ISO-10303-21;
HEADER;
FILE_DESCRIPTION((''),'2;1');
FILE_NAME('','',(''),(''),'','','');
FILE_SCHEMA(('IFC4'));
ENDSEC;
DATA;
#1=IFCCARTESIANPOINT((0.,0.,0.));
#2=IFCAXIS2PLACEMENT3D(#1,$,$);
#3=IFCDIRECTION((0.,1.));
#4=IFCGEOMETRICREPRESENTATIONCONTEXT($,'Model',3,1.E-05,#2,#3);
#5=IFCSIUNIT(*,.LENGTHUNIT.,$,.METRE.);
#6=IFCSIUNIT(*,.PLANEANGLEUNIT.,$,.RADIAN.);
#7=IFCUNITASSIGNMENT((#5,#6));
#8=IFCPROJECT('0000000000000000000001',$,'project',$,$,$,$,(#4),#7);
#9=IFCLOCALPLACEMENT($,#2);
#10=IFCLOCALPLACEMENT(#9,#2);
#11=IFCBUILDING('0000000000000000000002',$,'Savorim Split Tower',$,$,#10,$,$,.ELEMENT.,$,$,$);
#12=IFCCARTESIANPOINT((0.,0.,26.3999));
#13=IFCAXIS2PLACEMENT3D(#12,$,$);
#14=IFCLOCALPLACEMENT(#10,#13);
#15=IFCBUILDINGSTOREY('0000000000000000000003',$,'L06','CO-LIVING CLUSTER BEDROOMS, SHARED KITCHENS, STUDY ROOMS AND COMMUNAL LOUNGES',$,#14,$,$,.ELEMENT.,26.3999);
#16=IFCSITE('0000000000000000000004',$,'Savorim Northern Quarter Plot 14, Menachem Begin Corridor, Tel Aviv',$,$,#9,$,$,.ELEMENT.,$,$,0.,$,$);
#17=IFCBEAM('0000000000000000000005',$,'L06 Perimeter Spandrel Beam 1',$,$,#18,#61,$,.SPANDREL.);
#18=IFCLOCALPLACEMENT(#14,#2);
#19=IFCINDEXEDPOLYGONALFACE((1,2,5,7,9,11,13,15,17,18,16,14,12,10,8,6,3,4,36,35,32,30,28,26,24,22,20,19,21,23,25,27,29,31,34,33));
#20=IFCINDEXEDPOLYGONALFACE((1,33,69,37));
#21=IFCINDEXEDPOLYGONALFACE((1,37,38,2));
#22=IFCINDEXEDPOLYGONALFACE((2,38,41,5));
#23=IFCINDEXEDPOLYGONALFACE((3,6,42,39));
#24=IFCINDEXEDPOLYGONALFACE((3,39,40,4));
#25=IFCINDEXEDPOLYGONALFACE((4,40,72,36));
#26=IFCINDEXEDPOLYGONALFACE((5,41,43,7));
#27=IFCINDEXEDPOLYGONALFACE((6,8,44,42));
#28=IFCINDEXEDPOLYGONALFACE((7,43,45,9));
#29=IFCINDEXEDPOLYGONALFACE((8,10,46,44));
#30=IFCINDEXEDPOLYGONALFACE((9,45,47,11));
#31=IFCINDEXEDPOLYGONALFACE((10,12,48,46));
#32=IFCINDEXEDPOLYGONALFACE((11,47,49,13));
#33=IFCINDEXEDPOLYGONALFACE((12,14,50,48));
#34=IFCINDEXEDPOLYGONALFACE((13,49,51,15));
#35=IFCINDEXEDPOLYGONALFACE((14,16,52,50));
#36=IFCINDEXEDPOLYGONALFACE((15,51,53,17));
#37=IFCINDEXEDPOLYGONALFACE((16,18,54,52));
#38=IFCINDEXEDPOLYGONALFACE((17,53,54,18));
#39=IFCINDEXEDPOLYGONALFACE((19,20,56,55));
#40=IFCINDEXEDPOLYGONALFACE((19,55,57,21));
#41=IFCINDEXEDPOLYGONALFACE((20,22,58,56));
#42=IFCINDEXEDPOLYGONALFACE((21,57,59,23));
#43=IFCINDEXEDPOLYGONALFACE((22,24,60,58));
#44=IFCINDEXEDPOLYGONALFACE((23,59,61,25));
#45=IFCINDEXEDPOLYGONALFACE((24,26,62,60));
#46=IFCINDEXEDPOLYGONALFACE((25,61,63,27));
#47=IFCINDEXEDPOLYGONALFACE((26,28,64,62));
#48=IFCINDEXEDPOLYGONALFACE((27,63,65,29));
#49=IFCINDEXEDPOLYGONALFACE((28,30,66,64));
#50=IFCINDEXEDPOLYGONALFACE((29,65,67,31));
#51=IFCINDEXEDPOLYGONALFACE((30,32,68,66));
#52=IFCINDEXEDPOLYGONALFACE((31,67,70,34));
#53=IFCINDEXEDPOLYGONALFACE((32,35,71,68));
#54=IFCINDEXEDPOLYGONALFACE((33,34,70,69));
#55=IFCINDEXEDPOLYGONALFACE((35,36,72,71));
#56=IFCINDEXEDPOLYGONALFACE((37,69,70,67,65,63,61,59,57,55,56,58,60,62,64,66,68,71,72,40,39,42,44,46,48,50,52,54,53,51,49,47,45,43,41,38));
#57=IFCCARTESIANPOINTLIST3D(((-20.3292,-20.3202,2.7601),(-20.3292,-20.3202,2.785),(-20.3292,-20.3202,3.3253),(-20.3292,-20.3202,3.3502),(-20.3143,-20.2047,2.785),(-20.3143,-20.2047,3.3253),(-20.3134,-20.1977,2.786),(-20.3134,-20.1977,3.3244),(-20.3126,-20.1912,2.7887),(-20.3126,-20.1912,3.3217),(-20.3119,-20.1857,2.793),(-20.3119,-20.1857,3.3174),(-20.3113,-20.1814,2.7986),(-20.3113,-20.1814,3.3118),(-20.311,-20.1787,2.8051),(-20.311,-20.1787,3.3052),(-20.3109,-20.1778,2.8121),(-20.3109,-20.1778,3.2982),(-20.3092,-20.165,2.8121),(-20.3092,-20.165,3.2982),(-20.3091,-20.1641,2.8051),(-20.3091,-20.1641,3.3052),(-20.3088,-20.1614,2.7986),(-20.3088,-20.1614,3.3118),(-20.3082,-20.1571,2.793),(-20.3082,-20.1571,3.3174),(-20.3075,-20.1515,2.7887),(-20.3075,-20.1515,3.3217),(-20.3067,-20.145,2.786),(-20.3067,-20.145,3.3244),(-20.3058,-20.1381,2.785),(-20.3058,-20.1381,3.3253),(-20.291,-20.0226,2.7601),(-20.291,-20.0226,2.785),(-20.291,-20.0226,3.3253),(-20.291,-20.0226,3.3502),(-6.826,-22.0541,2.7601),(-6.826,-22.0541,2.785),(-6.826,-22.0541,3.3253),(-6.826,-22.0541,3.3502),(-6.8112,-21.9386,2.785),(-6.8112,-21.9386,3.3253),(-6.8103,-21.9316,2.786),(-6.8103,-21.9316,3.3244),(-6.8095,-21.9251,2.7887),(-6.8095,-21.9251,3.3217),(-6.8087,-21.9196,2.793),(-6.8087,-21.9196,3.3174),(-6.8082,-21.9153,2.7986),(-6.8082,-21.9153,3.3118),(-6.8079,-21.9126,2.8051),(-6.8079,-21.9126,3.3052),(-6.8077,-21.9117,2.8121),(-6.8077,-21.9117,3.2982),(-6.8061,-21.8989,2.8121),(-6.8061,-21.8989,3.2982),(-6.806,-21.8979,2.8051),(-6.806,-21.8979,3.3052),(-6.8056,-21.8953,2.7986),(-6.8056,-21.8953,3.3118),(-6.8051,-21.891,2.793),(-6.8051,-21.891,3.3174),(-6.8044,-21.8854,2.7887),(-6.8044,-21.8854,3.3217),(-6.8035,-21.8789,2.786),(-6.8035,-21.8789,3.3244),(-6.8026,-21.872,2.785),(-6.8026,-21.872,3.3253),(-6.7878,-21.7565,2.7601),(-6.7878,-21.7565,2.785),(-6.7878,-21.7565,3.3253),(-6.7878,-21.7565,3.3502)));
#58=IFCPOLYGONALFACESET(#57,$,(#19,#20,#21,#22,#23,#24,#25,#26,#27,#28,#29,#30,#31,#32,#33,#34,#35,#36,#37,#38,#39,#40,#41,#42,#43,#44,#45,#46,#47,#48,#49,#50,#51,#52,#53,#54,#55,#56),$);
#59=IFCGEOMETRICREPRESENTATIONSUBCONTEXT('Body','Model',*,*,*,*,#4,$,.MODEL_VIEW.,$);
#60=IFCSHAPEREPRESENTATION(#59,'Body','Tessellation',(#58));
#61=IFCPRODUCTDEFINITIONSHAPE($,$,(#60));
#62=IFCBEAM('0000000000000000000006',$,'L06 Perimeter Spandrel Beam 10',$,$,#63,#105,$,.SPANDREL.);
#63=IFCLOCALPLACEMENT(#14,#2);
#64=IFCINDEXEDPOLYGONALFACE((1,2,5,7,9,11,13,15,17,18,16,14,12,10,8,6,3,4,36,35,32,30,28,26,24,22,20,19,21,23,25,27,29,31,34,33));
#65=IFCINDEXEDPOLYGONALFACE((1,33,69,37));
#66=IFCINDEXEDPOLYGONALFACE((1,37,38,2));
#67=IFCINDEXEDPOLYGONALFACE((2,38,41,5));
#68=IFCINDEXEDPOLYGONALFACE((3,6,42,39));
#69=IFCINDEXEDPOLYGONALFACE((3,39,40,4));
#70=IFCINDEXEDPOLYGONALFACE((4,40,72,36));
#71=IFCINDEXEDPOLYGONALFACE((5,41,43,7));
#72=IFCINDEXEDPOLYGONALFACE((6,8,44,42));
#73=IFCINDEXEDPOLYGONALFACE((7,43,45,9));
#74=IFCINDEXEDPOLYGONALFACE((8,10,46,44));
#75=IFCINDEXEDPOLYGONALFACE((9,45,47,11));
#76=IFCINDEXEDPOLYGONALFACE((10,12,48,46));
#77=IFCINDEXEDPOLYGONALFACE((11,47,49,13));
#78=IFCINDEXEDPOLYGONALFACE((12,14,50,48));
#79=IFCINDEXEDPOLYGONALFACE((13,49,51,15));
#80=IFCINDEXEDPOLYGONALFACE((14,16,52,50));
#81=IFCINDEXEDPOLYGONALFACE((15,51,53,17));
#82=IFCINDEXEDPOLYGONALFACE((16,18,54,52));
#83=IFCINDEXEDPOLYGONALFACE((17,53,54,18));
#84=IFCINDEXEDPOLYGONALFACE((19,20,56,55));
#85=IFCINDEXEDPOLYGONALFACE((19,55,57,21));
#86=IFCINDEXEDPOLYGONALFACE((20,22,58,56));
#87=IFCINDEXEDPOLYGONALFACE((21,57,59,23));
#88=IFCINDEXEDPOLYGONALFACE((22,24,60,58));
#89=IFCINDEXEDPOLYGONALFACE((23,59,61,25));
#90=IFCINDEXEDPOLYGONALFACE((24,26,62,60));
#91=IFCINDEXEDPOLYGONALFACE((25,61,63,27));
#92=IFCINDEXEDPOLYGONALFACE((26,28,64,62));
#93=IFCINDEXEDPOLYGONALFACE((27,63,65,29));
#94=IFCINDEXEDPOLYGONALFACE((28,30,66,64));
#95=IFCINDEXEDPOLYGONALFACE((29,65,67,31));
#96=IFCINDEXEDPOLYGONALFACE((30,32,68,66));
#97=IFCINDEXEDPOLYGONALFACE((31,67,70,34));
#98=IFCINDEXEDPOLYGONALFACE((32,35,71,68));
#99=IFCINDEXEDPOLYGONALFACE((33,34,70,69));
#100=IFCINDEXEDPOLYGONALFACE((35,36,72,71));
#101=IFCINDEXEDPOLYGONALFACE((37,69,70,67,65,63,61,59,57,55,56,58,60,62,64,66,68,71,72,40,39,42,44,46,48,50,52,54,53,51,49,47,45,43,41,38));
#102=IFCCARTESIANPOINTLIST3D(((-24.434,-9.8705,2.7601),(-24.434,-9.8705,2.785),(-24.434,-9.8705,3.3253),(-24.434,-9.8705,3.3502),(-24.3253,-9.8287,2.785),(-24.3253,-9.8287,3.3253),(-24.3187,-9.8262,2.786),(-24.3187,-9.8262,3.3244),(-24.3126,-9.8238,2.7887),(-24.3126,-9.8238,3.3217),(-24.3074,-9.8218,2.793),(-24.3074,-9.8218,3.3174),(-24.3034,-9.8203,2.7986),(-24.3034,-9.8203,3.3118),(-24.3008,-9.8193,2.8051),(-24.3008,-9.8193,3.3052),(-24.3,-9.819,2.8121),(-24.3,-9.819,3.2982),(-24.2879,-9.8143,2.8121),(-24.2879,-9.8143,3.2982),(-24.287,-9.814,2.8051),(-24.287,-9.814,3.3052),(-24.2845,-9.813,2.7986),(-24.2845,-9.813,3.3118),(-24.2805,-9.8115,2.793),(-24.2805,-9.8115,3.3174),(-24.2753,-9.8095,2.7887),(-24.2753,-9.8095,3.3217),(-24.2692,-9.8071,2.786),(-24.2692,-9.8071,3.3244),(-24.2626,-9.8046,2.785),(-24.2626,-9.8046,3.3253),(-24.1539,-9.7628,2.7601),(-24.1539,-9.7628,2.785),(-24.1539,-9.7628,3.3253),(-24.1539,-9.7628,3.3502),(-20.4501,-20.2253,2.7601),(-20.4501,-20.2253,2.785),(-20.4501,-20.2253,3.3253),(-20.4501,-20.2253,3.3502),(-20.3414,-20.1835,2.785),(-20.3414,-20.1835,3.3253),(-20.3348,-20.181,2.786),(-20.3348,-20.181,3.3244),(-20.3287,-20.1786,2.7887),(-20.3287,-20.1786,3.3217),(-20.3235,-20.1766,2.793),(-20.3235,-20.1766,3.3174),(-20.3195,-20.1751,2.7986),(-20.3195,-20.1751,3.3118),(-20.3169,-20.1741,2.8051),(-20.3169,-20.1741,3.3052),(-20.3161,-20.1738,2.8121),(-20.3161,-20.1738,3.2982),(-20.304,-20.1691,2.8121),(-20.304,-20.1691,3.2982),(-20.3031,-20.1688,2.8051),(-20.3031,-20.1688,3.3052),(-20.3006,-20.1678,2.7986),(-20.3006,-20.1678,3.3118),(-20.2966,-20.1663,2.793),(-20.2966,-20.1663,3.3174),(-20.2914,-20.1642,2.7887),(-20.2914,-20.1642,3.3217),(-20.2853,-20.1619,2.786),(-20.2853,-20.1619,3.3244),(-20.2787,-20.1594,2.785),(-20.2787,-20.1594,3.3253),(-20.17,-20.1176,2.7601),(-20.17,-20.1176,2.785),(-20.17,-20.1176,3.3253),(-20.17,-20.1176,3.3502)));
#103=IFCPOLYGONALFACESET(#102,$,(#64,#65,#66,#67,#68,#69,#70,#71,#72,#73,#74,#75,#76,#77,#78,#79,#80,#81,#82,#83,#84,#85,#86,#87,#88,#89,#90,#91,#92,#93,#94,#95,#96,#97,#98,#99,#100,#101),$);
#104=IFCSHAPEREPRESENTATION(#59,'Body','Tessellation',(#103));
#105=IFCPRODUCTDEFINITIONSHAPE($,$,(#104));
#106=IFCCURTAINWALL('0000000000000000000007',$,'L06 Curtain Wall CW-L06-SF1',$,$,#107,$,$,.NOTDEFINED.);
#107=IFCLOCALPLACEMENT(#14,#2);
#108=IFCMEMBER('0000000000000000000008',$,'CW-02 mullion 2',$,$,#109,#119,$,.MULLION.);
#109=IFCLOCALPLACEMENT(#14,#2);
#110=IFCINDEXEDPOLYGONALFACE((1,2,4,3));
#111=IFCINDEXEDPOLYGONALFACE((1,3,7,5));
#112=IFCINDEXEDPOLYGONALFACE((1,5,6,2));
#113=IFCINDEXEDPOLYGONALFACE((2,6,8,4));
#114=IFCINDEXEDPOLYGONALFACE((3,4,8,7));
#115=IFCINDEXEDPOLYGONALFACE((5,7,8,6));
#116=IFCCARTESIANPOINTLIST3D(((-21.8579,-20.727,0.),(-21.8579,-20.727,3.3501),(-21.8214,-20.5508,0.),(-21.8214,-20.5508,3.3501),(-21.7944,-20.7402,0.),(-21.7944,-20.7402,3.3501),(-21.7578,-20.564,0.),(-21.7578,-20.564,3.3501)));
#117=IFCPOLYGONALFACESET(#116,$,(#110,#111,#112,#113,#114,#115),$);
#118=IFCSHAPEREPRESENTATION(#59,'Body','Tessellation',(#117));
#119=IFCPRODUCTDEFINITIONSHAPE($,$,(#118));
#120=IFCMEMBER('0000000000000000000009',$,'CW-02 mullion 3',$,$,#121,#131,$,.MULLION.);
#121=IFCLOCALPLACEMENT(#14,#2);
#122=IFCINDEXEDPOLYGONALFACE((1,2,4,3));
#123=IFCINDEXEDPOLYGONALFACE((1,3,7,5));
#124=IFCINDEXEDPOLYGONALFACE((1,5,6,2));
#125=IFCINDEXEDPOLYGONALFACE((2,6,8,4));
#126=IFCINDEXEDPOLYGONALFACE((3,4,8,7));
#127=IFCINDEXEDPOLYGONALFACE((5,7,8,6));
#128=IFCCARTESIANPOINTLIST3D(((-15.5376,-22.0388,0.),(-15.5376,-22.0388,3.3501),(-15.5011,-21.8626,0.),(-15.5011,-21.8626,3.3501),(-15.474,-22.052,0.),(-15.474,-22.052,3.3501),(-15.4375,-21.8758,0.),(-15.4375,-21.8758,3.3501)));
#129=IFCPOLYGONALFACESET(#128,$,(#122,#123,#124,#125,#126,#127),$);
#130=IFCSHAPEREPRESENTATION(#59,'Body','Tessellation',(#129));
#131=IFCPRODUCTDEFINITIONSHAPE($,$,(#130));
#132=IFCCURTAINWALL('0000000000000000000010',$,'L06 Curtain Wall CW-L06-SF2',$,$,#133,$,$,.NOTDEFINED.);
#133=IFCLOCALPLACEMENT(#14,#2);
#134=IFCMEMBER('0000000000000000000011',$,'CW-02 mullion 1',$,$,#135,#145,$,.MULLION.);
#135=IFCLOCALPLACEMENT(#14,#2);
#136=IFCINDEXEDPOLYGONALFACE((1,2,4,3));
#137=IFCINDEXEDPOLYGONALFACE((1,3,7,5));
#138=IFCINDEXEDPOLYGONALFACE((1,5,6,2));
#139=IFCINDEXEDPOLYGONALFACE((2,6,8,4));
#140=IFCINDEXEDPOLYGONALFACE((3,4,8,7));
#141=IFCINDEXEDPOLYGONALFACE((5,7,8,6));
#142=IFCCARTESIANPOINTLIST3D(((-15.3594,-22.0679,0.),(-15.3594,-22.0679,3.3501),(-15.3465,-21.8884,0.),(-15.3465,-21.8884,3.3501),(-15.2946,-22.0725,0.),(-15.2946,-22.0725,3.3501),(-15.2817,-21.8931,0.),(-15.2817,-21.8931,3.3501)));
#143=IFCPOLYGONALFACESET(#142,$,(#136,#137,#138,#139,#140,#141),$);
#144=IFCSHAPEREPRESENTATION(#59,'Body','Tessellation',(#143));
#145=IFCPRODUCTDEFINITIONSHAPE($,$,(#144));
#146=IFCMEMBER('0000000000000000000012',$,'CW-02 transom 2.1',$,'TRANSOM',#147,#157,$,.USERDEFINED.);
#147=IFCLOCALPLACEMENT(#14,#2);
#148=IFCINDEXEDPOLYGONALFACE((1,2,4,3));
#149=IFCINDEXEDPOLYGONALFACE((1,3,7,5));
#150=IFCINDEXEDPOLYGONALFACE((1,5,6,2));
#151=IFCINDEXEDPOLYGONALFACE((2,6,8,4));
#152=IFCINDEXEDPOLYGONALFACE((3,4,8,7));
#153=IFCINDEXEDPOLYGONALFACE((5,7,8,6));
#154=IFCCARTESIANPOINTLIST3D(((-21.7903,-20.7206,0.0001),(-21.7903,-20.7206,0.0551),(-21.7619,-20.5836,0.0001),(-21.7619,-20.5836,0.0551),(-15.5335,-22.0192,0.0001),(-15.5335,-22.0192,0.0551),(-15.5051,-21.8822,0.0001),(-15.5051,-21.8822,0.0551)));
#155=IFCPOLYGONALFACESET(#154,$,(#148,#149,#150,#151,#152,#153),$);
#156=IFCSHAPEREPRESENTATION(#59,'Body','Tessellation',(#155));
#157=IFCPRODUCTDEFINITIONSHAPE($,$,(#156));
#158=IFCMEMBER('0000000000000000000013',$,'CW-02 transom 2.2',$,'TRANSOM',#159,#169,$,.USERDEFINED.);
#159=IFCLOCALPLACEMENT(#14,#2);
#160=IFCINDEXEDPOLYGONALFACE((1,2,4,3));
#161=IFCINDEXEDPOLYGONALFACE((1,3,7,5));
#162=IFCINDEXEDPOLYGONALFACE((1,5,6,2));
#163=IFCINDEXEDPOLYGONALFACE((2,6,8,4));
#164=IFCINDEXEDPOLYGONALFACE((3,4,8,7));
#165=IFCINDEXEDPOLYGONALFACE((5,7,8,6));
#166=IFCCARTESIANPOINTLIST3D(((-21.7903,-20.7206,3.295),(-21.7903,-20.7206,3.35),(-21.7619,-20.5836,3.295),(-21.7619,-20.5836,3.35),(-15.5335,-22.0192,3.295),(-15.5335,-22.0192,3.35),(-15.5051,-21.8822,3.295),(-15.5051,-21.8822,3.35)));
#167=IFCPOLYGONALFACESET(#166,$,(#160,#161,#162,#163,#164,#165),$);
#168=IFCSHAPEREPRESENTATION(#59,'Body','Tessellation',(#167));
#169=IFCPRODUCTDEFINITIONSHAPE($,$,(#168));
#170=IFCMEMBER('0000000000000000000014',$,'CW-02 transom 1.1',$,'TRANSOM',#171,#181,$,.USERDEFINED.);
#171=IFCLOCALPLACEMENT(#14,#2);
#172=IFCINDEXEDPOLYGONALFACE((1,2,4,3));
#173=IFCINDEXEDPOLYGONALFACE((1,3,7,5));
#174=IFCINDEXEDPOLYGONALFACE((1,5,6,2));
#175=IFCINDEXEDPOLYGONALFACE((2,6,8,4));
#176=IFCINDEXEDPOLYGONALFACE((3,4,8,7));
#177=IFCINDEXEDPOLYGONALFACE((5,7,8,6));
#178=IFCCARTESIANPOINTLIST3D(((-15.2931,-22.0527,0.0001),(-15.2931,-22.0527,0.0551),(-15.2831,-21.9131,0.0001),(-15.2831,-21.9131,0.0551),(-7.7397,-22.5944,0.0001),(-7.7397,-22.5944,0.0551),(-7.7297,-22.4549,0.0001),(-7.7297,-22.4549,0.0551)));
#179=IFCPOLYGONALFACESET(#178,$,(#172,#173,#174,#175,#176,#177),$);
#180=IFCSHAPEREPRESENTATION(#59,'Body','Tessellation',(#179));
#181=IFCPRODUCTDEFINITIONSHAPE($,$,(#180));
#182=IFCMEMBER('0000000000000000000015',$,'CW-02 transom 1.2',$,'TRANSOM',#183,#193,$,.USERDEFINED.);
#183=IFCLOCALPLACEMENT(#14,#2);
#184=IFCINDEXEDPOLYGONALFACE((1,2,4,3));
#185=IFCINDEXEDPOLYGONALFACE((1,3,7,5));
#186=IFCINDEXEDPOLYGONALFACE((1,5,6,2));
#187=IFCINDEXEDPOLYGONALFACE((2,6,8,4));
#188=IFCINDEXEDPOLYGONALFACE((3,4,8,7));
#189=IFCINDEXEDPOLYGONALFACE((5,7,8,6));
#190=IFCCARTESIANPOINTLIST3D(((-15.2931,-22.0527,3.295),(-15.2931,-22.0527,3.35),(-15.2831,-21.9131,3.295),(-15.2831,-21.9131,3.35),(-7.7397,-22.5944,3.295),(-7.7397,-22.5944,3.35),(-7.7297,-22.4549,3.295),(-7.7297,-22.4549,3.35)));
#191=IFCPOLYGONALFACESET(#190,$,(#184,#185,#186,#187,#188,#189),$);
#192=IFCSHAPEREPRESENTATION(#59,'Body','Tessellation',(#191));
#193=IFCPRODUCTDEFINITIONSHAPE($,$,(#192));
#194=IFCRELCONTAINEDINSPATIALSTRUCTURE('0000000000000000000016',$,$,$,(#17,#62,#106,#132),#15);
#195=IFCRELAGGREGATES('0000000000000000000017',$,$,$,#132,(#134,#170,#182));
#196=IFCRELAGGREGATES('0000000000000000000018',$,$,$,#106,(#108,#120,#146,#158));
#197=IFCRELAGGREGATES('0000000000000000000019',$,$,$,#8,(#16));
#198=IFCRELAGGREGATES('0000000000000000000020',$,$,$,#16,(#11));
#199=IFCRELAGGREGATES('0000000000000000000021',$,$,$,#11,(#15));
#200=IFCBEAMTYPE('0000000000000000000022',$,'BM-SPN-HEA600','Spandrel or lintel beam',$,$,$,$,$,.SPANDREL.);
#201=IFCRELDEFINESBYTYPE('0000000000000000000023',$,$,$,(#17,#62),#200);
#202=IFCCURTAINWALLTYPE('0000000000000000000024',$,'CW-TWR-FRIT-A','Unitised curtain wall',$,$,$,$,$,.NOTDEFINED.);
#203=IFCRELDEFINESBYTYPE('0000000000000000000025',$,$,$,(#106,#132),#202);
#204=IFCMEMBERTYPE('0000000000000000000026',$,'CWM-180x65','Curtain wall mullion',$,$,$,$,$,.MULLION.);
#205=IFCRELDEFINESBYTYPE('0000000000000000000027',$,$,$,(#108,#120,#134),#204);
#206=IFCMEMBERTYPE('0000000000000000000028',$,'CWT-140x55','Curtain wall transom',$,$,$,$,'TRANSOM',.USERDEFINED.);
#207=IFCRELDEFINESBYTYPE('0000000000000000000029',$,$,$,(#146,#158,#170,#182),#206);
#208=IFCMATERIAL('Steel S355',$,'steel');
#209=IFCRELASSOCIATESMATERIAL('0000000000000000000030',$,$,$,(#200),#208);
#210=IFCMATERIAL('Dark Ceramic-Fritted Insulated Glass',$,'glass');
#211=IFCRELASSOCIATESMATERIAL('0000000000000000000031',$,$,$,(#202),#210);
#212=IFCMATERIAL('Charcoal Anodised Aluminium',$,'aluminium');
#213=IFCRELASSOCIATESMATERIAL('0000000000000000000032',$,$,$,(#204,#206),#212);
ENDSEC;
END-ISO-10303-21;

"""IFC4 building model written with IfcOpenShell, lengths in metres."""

from ifc_helpers import new_model, si_unit, direction, frame, origin, origin_2d, place, context, subcontext, project, spatial, rectangle, i_section, extrude, material, material_profile, profile_set, type_object, element, aggregate, save


model = new_model("IFC4")

# Units and contexts
model_context = context("Model", 3, precision=1e-05, world=origin(), true_north=direction((0.0, 1.0)))
body_context = subcontext(model_context, "Body", "Model", "MODEL_VIEW")
ifc_project = project(units=[si_unit("LENGTHUNIT", "METRE"), si_unit("PLANEANGLEUNIT", "RADIAN")], contexts=[model_context])

# Site, building, storey
site_placement = place(None, origin())
site = spatial("IfcSite", under=ifc_project, at=site_placement, Name="Savorim Northern Quarter Plot 14, Menachem Begin Corridor, Tel Aviv", CompositionType="ELEMENT", RefElevation=0.0)
building_placement = place(site_placement, origin())
building = spatial("IfcBuilding", under=site, at=building_placement, Name="Savorim Split Tower", CompositionType="ELEMENT")
storey_placement = place(building_placement, frame((0.0, 0.0, 26.3999)))
storey = spatial("IfcBuildingStorey", under=building, at=storey_placement, Name="L06", Description="CO-LIVING CLUSTER BEDROOMS, SHARED KITCHENS, STUDY ROOMS AND COMMUNAL LOUNGES", CompositionType="ELEMENT", Elevation=26.3999)

# Beams
ifc_material_1 = material(Name="Steel S355", Category="steel")
ifc_material_profile_1 = material_profile(ifc_material_1, i_section(OverallWidth=0.3, OverallDepth=0.5901, WebThickness=0.0129, FlangeThickness=0.0249, FilletRadius=0.0271, at=origin_2d()), Name="HEA 600")
ifc_profile_set_1 = profile_set([ifc_material_profile_1], Name="Steel S355")
beam_type_1 = type_object("IfcBeamType", Name="BM-SPN-HEA600", Description="Spandrel or lintel beam", PredefinedType="SPANDREL", material=ifc_profile_set_1)
beam_1_placement = place(storey_placement, frame((-20.3101, -20.1714, 3.0552), z_axis=(0.991857, -0.12736, 0.0), x_axis=(0.12736, 0.991857, 0.0)))
element("IfcBeam", 1, at=beam_1_placement, inside=storey, type_object=beam_type_1, Name="L06 Perimeter Spandrel Beam 1", PredefinedType="SPANDREL", context=body_context, shape_type="SweptSolid", body=[
    extrude(i_section(OverallWidth=0.3, OverallDepth=0.5901, WebThickness=0.0129, FlangeThickness=0.0249, FilletRadius=0.0271, at=origin_2d()), origin(), (0.0, 0.0, 1.0), 13.614),
])
beam_2_placement = place(storey_placement, frame((-24.2939, -9.8167, 3.0552), z_axis=(0.359081, -0.933306, 0.0), x_axis=(0.933306, 0.359081, 0.0)))
element("IfcBeam", 2, at=beam_2_placement, inside=storey, type_object=beam_type_1, Name="L06 Perimeter Spandrel Beam 10", PredefinedType="SPANDREL", context=body_context, shape_type="SweptSolid", body=[
    extrude(i_section(OverallWidth=0.3, OverallDepth=0.5901, WebThickness=0.0129, FlangeThickness=0.0249, FilletRadius=0.0271, at=origin_2d()), origin(), (0.0, 0.0, 1.0), 11.0947),
])

# Curtain wall, members
ifc_material_2 = material(Name="Dark Ceramic-Fritted Insulated Glass", Category="glass")
curtain_wall_type = type_object("IfcCurtainWallType", Name="CW-TWR-FRIT-A", Description="Unitised curtain wall", PredefinedType="NOTDEFINED", material=ifc_material_2)
curtain_wall_1_placement = place(storey_placement, origin())
curtain_wall_1 = element("IfcCurtainWall", 3, at=curtain_wall_1_placement, inside=storey, type_object=curtain_wall_type, Name="L06 Curtain Wall CW-L06-SF1", PredefinedType="NOTDEFINED")
ifc_material_3 = material(Name="Charcoal Anodised Aluminium", Category="aluminium")
ifc_material_profile_2 = material_profile(ifc_material_3, rectangle(XDim=0.1799, YDim=0.0649, at=origin_2d()), Name="ALU-M 180x65")
ifc_profile_set_2 = profile_set([ifc_material_profile_2], Name="Charcoal Anodised Aluminium")
member_type_1 = type_object("IfcMemberType", Name="CWM-180x65", Description="Curtain wall mullion", PredefinedType="MULLION", material=ifc_profile_set_2)
member_1_placement = place(storey_placement, frame((-21.8079, -20.6455, 0.0), z_axis=(0.0, 0.0, 1.0), x_axis=(0.20321, 0.979135, 0.0)))
member_1 = element("IfcMember", 4, at=member_1_placement, type_object=member_type_1, Name="CW-02 mullion 2", PredefinedType="MULLION", context=body_context, shape_type="SweptSolid", body=[
    extrude(rectangle(XDim=0.1799, YDim=0.0649, at=origin_2d()), origin(), (0.0, 0.0, 1.0), 3.3501),
])
member_2_placement = place(storey_placement, frame((-15.4875, -21.9573, 0.0), z_axis=(0.0, 0.0, 1.0), x_axis=(0.20321, 0.979135, 0.0)))
member_2 = element("IfcMember", 5, at=member_2_placement, type_object=member_type_1, Name="CW-02 mullion 3", PredefinedType="MULLION", context=body_context, shape_type="SweptSolid", body=[
    extrude(rectangle(XDim=0.1799, YDim=0.0649, at=origin_2d()), origin(), (0.0, 0.0, 1.0), 3.3501),
])

# Curtain wall, member
curtain_wall_2_placement = place(storey_placement, origin())
curtain_wall_2 = element("IfcCurtainWall", 6, at=curtain_wall_2_placement, inside=storey, type_object=curtain_wall_type, Name="L06 Curtain Wall CW-L06-SF2", PredefinedType="NOTDEFINED")
member_3_placement = place(storey_placement, frame((-15.3206, -21.9805, 0.0), z_axis=(0.0, 0.0, 1.0), x_axis=(0.07156, 0.997436, 0.0)))
member_3 = element("IfcMember", 7, at=member_3_placement, type_object=member_type_1, Name="CW-02 mullion 1", PredefinedType="MULLION", context=body_context, shape_type="SweptSolid", body=[
    extrude(rectangle(XDim=0.1799, YDim=0.0649, at=origin_2d()), origin(), (0.0, 0.0, 1.0), 3.3501),
])

# Members
ifc_material_profile_3 = material_profile(ifc_material_3, rectangle(XDim=0.1399, YDim=0.0549, at=origin_2d()), Name="ALU-T 140x55")
ifc_profile_set_3 = profile_set([ifc_material_profile_3], Name="Charcoal Anodised Aluminium")
member_type_2 = type_object("IfcMemberType", Name="CWT-140x55", Description="Curtain wall transom", ElementType="TRANSOM", PredefinedType="USERDEFINED", material=ifc_profile_set_3)
member_4_placement = place(storey_placement, frame((-21.7761, -20.6521, 0.0276), z_axis=(0.979134, -0.203216, 0.0), x_axis=(0.203216, 0.979134, 0.0)))
member_4 = element("IfcMember", 8, at=member_4_placement, type_object=member_type_2, Name="CW-02 transom 2.1", ObjectType="TRANSOM", PredefinedType="USERDEFINED", context=body_context, shape_type="SweptSolid", body=[
    extrude(rectangle(XDim=0.1399, YDim=0.0549, at=origin_2d()), origin(), (0.0, 0.0, 1.0), 6.3901),
])
member_5_placement = place(storey_placement, frame((-21.7761, -20.6521, 3.3225), z_axis=(0.979134, -0.203216, 0.0), x_axis=(0.203216, 0.979134, 0.0)))
member_5 = element("IfcMember", 9, at=member_5_placement, type_object=member_type_2, Name="CW-02 transom 2.2", ObjectType="TRANSOM", PredefinedType="USERDEFINED", context=body_context, shape_type="SweptSolid", body=[
    extrude(rectangle(XDim=0.1399, YDim=0.0549, at=origin_2d()), origin(), (0.0, 0.0, 1.0), 6.3901),
])
member_6_placement = place(storey_placement, frame((-15.2881, -21.9829, 0.0276), z_axis=(0.997438, -0.071538, 0.0), x_axis=(0.071538, 0.997438, 0.0)))
member_6 = element("IfcMember", 10, at=member_6_placement, type_object=member_type_2, Name="CW-02 transom 1.1", ObjectType="TRANSOM", PredefinedType="USERDEFINED", context=body_context, shape_type="SweptSolid", body=[
    extrude(rectangle(XDim=0.1399, YDim=0.0549, at=origin_2d()), origin(), (0.0, 0.0, 1.0), 7.5728),
])
member_7_placement = place(storey_placement, frame((-15.2881, -21.9829, 3.3225), z_axis=(0.997438, -0.071538, 0.0), x_axis=(0.071538, 0.997438, 0.0)))
member_7 = element("IfcMember", 11, at=member_7_placement, type_object=member_type_2, Name="CW-02 transom 1.2", ObjectType="TRANSOM", PredefinedType="USERDEFINED", context=body_context, shape_type="SweptSolid", body=[
    extrude(rectangle(XDim=0.1399, YDim=0.0549, at=origin_2d()), origin(), (0.0, 0.0, 1.0), 7.5728),
])
aggregate(curtain_wall_2, [member_3, member_6, member_7])

aggregate(curtain_wall_1, [member_1, member_2, member_4, member_5])

save(model, "model.ifc")
